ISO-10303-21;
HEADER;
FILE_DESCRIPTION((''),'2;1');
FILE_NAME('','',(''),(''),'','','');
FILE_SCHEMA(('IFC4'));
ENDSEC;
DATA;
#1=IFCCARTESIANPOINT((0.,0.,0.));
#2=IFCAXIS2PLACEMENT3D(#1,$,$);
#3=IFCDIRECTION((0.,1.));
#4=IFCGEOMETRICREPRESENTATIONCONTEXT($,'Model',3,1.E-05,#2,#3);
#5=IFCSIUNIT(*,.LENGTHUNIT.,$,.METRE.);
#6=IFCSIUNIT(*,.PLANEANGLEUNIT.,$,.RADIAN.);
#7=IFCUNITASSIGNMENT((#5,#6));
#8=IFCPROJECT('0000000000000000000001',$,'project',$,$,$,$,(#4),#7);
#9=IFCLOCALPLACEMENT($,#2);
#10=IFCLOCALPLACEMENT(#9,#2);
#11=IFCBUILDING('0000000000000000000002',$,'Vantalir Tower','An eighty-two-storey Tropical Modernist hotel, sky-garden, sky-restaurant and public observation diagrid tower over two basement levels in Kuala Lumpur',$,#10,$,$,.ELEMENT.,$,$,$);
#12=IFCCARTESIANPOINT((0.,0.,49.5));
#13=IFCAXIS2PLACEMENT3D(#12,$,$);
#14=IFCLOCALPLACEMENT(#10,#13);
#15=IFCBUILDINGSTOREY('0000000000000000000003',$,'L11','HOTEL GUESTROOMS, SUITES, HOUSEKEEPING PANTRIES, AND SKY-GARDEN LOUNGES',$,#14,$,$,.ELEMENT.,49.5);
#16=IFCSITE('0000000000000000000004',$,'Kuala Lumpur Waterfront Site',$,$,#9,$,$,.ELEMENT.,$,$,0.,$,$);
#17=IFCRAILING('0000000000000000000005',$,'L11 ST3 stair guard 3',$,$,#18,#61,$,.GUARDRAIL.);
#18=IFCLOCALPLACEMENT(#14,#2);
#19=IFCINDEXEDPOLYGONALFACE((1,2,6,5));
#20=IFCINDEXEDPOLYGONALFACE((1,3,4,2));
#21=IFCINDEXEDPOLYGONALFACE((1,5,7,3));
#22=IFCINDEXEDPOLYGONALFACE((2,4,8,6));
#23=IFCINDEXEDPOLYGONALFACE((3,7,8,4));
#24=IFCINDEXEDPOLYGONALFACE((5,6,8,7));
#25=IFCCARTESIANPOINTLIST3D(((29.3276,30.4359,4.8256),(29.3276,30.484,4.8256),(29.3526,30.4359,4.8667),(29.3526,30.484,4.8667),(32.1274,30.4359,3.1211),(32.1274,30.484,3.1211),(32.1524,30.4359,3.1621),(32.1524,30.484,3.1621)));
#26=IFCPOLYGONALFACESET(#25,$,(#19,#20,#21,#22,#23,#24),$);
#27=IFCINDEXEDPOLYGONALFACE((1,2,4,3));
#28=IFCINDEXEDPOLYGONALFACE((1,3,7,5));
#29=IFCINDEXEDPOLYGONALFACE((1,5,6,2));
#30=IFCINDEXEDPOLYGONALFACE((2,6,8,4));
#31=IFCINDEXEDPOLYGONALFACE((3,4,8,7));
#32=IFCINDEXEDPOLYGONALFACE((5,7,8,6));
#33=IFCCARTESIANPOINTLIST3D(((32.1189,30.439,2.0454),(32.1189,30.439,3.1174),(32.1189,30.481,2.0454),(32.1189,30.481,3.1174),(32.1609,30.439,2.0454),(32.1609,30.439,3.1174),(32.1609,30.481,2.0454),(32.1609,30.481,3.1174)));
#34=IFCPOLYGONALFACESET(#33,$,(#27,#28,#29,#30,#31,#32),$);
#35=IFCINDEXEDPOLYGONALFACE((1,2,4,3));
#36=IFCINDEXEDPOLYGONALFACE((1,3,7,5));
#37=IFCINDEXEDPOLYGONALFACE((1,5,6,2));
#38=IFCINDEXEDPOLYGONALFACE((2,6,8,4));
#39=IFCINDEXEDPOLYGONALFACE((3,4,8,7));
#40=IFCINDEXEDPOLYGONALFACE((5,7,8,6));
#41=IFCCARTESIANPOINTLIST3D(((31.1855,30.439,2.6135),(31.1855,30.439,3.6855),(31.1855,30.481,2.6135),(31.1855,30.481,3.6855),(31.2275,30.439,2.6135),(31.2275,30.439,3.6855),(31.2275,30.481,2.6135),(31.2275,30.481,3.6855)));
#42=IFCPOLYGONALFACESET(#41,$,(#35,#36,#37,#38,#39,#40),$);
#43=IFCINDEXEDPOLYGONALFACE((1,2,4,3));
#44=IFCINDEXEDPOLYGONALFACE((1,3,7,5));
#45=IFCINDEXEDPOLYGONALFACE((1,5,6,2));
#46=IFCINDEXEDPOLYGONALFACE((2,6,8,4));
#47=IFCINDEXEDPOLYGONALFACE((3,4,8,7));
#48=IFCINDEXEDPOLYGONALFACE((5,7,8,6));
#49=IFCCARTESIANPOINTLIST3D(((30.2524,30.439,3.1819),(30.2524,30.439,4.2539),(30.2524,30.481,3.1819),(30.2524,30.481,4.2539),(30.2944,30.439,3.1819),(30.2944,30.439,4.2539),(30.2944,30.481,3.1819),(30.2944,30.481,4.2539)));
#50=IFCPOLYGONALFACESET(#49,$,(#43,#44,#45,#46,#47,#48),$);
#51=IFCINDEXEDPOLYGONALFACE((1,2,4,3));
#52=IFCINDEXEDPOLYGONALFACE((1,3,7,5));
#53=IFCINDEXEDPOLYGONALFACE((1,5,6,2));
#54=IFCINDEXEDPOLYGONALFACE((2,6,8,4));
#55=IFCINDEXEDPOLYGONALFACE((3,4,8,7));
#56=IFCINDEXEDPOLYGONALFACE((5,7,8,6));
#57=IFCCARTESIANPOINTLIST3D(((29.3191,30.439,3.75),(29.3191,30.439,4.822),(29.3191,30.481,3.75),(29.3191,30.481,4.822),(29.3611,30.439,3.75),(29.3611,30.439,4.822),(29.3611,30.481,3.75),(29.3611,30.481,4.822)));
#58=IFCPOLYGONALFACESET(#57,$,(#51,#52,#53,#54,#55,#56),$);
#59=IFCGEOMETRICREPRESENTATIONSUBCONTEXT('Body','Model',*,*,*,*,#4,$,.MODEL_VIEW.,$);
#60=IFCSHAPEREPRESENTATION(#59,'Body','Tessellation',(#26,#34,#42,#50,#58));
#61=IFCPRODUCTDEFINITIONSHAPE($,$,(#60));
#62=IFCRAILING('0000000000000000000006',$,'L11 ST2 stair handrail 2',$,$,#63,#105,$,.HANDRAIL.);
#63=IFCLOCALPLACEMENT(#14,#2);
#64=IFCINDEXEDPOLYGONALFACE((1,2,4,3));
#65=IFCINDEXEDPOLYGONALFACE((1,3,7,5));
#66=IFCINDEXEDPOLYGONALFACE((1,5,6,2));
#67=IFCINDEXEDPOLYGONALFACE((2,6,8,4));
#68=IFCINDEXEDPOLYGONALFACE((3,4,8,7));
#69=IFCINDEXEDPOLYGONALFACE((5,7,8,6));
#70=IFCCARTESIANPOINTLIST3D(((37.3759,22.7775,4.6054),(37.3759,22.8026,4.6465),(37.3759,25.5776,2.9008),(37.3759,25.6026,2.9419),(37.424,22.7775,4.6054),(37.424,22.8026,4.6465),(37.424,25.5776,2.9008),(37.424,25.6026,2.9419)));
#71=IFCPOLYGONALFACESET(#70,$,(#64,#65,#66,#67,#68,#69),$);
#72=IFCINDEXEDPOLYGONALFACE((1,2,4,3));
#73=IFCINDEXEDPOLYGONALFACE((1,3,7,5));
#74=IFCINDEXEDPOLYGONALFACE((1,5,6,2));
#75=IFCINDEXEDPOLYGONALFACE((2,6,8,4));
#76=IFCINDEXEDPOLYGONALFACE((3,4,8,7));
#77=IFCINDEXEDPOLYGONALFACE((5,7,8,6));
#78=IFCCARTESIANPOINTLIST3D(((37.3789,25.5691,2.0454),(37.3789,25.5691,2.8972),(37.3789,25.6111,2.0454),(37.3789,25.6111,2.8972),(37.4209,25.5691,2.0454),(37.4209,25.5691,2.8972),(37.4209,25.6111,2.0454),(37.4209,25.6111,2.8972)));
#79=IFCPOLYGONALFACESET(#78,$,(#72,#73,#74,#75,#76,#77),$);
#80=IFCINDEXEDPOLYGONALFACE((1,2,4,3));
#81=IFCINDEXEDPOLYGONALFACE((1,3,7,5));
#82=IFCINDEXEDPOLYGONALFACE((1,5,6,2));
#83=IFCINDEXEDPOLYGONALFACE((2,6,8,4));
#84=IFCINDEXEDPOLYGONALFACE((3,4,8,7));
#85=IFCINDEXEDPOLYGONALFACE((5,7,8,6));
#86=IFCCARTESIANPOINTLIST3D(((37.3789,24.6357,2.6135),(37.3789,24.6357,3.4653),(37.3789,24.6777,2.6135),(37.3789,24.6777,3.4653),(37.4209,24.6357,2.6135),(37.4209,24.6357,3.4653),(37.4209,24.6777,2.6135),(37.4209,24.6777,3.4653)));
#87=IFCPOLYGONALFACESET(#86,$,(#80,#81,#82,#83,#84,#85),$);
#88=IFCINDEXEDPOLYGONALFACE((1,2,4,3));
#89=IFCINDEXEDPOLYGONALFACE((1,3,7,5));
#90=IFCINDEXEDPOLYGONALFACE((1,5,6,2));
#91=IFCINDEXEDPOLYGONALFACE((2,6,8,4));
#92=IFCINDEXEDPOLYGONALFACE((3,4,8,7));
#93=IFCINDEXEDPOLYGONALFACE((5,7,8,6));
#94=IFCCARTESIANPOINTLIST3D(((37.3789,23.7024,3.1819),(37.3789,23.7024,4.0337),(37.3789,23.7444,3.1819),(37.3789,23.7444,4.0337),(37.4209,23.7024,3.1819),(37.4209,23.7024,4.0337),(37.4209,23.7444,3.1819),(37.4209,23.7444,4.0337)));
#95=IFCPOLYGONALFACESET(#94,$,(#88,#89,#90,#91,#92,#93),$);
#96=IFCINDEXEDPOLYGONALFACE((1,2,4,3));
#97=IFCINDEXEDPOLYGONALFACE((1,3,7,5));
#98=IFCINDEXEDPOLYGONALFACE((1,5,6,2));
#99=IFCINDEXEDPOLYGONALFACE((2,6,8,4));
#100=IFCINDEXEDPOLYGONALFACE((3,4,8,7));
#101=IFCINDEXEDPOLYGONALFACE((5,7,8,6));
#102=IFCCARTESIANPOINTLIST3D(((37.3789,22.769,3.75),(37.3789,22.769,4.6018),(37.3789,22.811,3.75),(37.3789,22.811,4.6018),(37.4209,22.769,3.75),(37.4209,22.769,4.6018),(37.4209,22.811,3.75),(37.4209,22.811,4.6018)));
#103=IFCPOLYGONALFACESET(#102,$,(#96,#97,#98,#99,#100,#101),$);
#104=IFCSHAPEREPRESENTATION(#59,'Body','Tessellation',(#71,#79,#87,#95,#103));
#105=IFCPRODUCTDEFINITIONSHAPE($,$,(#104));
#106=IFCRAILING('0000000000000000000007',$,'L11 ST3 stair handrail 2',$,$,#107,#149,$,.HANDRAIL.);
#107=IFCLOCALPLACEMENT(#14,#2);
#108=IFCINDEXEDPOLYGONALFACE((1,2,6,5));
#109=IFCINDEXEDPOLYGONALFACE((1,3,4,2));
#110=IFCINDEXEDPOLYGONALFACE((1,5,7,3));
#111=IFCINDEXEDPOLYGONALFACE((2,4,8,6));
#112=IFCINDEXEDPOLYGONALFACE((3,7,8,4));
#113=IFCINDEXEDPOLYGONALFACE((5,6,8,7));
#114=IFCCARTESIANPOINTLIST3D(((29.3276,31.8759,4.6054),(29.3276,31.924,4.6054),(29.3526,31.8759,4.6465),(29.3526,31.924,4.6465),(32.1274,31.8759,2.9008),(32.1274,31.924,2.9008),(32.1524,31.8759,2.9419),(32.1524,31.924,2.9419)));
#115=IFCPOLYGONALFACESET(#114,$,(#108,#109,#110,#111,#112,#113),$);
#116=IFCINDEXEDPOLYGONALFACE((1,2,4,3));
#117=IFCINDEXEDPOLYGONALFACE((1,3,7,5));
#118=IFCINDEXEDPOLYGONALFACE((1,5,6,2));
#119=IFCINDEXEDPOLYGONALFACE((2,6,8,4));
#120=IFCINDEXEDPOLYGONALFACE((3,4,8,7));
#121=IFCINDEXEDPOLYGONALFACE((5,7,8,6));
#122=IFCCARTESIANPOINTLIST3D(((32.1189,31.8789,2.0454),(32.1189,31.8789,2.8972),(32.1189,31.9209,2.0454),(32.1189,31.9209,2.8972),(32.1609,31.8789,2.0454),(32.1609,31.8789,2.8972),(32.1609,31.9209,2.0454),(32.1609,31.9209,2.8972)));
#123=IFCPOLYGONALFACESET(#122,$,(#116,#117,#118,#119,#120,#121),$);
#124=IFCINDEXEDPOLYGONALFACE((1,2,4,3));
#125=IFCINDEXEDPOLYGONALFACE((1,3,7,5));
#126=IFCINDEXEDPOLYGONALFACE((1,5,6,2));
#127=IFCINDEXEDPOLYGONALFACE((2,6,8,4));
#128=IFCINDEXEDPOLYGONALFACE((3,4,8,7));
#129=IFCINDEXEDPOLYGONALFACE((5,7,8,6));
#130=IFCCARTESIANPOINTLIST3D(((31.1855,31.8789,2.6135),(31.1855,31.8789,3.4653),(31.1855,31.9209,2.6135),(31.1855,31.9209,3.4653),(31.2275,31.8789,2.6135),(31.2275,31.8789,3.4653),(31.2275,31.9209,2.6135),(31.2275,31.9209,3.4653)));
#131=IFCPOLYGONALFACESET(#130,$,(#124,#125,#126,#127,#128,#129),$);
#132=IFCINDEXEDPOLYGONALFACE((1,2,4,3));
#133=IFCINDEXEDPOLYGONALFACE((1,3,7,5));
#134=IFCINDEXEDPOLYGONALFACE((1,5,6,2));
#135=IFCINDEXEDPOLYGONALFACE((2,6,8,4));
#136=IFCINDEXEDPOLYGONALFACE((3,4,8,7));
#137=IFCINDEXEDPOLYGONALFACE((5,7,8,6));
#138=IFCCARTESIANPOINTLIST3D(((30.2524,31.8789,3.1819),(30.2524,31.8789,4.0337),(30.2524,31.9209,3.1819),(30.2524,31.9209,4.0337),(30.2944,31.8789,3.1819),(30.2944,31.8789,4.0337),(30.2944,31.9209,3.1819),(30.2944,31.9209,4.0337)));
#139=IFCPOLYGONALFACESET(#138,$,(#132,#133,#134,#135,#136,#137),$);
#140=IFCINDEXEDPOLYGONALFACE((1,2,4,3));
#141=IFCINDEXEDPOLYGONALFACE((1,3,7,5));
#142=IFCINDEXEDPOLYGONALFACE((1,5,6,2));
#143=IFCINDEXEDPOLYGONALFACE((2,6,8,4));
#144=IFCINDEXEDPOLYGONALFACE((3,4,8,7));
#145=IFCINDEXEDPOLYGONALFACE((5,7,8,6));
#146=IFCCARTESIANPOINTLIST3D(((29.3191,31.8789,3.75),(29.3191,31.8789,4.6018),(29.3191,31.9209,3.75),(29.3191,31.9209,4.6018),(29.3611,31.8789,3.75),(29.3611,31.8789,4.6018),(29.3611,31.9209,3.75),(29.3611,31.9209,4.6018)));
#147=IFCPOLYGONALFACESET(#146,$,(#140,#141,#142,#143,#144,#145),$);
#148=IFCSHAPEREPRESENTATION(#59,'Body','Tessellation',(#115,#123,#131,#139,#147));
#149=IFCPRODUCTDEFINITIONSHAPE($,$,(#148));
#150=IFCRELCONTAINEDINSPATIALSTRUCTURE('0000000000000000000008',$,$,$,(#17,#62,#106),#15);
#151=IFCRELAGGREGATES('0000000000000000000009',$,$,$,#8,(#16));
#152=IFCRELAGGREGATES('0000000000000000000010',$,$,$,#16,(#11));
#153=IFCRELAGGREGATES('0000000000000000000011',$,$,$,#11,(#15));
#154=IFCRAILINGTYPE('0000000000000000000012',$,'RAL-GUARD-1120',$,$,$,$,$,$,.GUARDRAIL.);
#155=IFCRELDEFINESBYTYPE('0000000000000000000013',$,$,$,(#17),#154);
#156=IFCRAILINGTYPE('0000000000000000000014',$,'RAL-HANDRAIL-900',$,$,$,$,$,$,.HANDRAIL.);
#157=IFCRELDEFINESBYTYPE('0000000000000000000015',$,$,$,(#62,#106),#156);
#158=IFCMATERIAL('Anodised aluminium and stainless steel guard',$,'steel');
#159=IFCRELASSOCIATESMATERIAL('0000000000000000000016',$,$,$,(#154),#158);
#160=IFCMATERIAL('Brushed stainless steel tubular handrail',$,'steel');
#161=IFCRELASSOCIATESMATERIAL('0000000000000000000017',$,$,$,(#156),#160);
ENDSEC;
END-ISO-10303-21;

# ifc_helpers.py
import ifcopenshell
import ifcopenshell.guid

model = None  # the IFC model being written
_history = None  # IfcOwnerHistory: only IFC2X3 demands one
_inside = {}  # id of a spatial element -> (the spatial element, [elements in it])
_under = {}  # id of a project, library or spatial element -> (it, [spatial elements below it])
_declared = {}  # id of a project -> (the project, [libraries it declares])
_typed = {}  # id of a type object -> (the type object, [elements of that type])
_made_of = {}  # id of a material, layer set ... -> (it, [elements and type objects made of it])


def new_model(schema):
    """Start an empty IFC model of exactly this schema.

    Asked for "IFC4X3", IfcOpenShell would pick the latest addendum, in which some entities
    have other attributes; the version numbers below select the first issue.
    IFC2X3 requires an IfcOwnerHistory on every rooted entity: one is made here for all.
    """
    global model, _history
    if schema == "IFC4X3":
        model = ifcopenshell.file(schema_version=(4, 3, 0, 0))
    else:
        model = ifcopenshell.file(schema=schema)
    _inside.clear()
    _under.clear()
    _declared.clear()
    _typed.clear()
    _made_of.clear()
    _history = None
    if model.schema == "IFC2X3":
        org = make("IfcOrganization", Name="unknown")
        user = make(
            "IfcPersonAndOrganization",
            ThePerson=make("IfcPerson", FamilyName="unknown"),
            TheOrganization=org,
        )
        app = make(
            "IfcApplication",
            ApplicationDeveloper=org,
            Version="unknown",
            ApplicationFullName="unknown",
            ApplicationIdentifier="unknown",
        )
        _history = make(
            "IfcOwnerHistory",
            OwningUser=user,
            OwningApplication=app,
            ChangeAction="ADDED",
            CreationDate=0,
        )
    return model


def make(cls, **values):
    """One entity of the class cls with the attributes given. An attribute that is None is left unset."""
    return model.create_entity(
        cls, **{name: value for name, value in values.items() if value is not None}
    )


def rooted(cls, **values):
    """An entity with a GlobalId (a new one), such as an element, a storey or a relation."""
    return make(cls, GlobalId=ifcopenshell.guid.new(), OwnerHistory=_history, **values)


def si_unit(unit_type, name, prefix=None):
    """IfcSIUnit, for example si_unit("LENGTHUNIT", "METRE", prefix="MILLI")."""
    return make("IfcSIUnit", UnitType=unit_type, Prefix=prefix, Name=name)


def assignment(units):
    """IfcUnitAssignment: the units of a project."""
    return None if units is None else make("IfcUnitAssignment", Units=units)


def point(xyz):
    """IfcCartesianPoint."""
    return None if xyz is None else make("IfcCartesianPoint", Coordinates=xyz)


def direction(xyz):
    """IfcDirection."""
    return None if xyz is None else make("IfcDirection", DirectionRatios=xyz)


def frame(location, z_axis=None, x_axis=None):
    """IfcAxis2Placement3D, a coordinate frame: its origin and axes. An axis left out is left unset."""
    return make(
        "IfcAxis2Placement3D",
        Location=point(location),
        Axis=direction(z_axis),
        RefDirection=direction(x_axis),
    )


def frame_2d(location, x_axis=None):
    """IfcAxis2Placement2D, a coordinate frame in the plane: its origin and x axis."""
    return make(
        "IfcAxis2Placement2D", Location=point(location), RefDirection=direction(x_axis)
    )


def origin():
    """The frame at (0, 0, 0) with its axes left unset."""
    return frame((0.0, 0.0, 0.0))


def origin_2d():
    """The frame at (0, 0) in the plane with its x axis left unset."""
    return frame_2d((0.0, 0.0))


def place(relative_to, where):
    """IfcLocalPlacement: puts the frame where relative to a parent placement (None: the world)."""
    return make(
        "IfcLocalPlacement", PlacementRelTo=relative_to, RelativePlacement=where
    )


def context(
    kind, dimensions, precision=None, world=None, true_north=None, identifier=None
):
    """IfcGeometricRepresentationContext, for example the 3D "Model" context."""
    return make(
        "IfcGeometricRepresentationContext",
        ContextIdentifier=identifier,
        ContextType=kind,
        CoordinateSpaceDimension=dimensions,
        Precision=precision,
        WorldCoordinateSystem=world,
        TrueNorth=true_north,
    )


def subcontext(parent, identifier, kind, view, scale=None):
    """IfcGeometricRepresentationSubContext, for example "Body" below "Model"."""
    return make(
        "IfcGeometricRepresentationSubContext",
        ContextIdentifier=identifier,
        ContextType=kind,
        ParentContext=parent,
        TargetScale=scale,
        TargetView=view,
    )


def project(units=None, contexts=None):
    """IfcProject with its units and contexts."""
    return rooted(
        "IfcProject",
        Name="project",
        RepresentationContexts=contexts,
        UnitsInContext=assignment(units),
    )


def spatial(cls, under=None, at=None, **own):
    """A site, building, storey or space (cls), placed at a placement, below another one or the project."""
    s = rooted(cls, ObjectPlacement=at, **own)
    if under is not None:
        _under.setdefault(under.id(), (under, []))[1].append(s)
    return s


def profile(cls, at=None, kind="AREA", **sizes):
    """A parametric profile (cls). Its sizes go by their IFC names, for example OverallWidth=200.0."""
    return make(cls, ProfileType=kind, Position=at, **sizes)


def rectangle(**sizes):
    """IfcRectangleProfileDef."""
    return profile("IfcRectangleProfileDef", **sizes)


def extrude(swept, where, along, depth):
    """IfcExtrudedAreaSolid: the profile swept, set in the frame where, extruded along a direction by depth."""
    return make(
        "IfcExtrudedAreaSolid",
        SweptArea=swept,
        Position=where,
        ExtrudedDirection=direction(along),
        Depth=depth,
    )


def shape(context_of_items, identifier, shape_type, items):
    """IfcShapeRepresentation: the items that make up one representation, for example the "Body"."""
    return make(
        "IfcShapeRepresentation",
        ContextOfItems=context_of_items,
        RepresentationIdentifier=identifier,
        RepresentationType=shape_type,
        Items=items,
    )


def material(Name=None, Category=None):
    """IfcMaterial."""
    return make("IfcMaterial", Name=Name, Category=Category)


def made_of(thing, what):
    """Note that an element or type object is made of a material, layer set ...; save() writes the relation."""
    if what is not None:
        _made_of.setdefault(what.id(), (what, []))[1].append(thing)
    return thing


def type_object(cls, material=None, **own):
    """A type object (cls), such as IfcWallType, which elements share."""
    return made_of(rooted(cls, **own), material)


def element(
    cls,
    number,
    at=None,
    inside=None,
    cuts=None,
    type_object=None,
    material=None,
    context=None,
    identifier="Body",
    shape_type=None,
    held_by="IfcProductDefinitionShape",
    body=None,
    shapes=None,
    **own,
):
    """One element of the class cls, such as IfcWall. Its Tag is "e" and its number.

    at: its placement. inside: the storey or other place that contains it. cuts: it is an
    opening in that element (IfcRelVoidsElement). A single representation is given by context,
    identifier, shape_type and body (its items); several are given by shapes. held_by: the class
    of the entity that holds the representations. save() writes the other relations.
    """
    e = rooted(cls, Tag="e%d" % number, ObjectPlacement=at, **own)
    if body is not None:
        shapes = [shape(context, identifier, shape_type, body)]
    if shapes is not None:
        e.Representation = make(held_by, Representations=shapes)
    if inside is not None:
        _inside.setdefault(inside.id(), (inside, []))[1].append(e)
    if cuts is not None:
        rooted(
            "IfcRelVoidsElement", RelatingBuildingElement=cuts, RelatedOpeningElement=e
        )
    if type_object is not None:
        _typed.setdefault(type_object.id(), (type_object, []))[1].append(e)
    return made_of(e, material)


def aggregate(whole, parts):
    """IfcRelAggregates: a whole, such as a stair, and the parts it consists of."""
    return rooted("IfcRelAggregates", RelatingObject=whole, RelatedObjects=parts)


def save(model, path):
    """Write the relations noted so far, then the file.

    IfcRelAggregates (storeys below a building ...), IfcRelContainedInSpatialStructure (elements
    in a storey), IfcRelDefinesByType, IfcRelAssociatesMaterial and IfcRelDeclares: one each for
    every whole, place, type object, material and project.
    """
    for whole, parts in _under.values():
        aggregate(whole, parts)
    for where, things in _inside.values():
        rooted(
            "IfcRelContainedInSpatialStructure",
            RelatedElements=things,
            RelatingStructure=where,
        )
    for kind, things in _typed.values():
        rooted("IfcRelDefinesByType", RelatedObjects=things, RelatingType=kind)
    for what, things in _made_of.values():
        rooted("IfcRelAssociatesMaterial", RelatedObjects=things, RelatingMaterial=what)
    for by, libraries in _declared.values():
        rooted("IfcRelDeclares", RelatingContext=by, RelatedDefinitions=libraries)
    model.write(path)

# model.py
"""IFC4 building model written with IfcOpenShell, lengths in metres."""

from ifc_helpers import new_model, si_unit, direction, frame, origin, origin_2d, place, context, subcontext, project, spatial, rectangle, extrude, material, type_object, element, save


model = new_model("IFC4")

# Units and contexts
model_context = context("Model", 3, precision=1e-05, world=origin(), true_north=direction((0.0, 1.0)))
body_context = subcontext(model_context, "Body", "Model", "MODEL_VIEW")
ifc_project = project(units=[si_unit("LENGTHUNIT", "METRE"), si_unit("PLANEANGLEUNIT", "RADIAN")], contexts=[model_context])

# Site, building, storey
site_placement = place(None, origin())
site = spatial("IfcSite", under=ifc_project, at=site_placement, Name="Kuala Lumpur Waterfront Site", CompositionType="ELEMENT", RefElevation=0.0)
building_placement = place(site_placement, origin())
building = spatial("IfcBuilding", under=site, at=building_placement, Name="Vantalir Tower", Description="An eighty-two-storey Tropical Modernist hotel, sky-garden, sky-restaurant and public observation diagrid tower over two basement levels in Kuala Lumpur", CompositionType="ELEMENT")
storey_placement = place(building_placement, frame((0.0, 0.0, 49.5)))
storey = spatial("IfcBuildingStorey", under=building, at=storey_placement, Name="L11", Description="HOTEL GUESTROOMS, SUITES, HOUSEKEEPING PANTRIES, AND SKY-GARDEN LOUNGES", CompositionType="ELEMENT", Elevation=49.5)

# Railings
ifc_material_1 = material(Name="Anodised aluminium and stainless steel guard", Category="steel")
railing_type_1 = type_object("IfcRailingType", Name="RAL-GUARD-1120", PredefinedType="GUARDRAIL", material=ifc_material_1)
railing_1_placement = place(storey_placement, frame((32.1399, 30.46, 2.0454)))
element("IfcRailing", 1, at=railing_1_placement, inside=storey, type_object=railing_type_1, Name="L11 ST3 stair guard 3", PredefinedType="GUARDRAIL", context=body_context, shape_type="SweptSolid", body=[
    extrude(rectangle(XDim=0.0481, YDim=0.0481, at=origin_2d()), frame((0.0, 0.0, 1.0962), z_axis=(-0.85415, 0.0, 0.520027), x_axis=(0.0, -1.0, 0.0)), (0.0, 0.0, 1.0), 3.2778),
    extrude(rectangle(XDim=0.042, YDim=0.042, at=origin_2d()), origin(), (0.0, 0.0, 1.0), 1.072),
    extrude(rectangle(XDim=0.042, YDim=0.042, at=origin_2d()), frame((-0.9333, 0.0, 0.5681)), (0.0, 0.0, 1.0), 1.072),
    extrude(rectangle(XDim=0.042, YDim=0.042, at=origin_2d()), frame((-1.8665, 0.0, 1.1365)), (0.0, 0.0, 1.0), 1.072),
    extrude(rectangle(XDim=0.042, YDim=0.042, at=origin_2d()), frame((-2.7998, 0.0, 1.7046)), (0.0, 0.0, 1.0), 1.072),
])
ifc_material_2 = material(Name="Brushed stainless steel tubular handrail", Category="steel")
railing_type_2 = type_object("IfcRailingType", Name="RAL-HANDRAIL-900", PredefinedType="HANDRAIL", material=ifc_material_2)
railing_2_placement = place(storey_placement, frame((37.3999, 25.5901, 2.0454)))
element("IfcRailing", 2, at=railing_2_placement, inside=storey, type_object=railing_type_2, Name="L11 ST2 stair handrail 2", PredefinedType="HANDRAIL", context=body_context, shape_type="SweptSolid", body=[
    extrude(rectangle(XDim=0.0481, YDim=0.0481, at=origin_2d()), frame((0.0, 0.0, 0.876), z_axis=(0.0, -0.85417, 0.519994), x_axis=(1.0, 0.0, 0.0)), (0.0, 0.0, 1.0), 3.2781),
    extrude(rectangle(XDim=0.042, YDim=0.042, at=origin_2d()), origin(), (0.0, 0.0, 1.0), 0.8518),
    extrude(rectangle(XDim=0.042, YDim=0.042, at=origin_2d()), frame((0.0, -0.9333, 0.5681)), (0.0, 0.0, 1.0), 0.8518),
    extrude(rectangle(XDim=0.042, YDim=0.042, at=origin_2d()), frame((0.0, -1.8667, 1.1365)), (0.0, 0.0, 1.0), 0.8518),
    extrude(rectangle(XDim=0.042, YDim=0.042, at=origin_2d()), frame((0.0, -2.8, 1.7046)), (0.0, 0.0, 1.0), 0.8518),
])
railing_3_placement = place(storey_placement, frame((32.1399, 31.8999, 2.0454)))
element("IfcRailing", 3, at=railing_3_placement, inside=storey, type_object=railing_type_2, Name="L11 ST3 stair handrail 2", PredefinedType="HANDRAIL", context=body_context, shape_type="SweptSolid", body=[
    extrude(rectangle(XDim=0.0481, YDim=0.0481, at=origin_2d()), frame((0.0, 0.0, 0.876), z_axis=(-0.85415, 0.0, 0.520027), x_axis=(0.0, -1.0, 0.0)), (0.0, 0.0, 1.0), 3.2778),
    extrude(rectangle(XDim=0.042, YDim=0.042, at=origin_2d()), origin(), (0.0, 0.0, 1.0), 0.8518),
    extrude(rectangle(XDim=0.042, YDim=0.042, at=origin_2d()), frame((-0.9333, 0.0, 0.5681)), (0.0, 0.0, 1.0), 0.8518),
    extrude(rectangle(XDim=0.042, YDim=0.042, at=origin_2d()), frame((-1.8665, 0.0, 1.1365)), (0.0, 0.0, 1.0), 0.8518),
    extrude(rectangle(XDim=0.042, YDim=0.042, at=origin_2d()), frame((-2.7998, 0.0, 1.7046)), (0.0, 0.0, 1.0), 0.8518),
])

save(model, "model.ifc")
